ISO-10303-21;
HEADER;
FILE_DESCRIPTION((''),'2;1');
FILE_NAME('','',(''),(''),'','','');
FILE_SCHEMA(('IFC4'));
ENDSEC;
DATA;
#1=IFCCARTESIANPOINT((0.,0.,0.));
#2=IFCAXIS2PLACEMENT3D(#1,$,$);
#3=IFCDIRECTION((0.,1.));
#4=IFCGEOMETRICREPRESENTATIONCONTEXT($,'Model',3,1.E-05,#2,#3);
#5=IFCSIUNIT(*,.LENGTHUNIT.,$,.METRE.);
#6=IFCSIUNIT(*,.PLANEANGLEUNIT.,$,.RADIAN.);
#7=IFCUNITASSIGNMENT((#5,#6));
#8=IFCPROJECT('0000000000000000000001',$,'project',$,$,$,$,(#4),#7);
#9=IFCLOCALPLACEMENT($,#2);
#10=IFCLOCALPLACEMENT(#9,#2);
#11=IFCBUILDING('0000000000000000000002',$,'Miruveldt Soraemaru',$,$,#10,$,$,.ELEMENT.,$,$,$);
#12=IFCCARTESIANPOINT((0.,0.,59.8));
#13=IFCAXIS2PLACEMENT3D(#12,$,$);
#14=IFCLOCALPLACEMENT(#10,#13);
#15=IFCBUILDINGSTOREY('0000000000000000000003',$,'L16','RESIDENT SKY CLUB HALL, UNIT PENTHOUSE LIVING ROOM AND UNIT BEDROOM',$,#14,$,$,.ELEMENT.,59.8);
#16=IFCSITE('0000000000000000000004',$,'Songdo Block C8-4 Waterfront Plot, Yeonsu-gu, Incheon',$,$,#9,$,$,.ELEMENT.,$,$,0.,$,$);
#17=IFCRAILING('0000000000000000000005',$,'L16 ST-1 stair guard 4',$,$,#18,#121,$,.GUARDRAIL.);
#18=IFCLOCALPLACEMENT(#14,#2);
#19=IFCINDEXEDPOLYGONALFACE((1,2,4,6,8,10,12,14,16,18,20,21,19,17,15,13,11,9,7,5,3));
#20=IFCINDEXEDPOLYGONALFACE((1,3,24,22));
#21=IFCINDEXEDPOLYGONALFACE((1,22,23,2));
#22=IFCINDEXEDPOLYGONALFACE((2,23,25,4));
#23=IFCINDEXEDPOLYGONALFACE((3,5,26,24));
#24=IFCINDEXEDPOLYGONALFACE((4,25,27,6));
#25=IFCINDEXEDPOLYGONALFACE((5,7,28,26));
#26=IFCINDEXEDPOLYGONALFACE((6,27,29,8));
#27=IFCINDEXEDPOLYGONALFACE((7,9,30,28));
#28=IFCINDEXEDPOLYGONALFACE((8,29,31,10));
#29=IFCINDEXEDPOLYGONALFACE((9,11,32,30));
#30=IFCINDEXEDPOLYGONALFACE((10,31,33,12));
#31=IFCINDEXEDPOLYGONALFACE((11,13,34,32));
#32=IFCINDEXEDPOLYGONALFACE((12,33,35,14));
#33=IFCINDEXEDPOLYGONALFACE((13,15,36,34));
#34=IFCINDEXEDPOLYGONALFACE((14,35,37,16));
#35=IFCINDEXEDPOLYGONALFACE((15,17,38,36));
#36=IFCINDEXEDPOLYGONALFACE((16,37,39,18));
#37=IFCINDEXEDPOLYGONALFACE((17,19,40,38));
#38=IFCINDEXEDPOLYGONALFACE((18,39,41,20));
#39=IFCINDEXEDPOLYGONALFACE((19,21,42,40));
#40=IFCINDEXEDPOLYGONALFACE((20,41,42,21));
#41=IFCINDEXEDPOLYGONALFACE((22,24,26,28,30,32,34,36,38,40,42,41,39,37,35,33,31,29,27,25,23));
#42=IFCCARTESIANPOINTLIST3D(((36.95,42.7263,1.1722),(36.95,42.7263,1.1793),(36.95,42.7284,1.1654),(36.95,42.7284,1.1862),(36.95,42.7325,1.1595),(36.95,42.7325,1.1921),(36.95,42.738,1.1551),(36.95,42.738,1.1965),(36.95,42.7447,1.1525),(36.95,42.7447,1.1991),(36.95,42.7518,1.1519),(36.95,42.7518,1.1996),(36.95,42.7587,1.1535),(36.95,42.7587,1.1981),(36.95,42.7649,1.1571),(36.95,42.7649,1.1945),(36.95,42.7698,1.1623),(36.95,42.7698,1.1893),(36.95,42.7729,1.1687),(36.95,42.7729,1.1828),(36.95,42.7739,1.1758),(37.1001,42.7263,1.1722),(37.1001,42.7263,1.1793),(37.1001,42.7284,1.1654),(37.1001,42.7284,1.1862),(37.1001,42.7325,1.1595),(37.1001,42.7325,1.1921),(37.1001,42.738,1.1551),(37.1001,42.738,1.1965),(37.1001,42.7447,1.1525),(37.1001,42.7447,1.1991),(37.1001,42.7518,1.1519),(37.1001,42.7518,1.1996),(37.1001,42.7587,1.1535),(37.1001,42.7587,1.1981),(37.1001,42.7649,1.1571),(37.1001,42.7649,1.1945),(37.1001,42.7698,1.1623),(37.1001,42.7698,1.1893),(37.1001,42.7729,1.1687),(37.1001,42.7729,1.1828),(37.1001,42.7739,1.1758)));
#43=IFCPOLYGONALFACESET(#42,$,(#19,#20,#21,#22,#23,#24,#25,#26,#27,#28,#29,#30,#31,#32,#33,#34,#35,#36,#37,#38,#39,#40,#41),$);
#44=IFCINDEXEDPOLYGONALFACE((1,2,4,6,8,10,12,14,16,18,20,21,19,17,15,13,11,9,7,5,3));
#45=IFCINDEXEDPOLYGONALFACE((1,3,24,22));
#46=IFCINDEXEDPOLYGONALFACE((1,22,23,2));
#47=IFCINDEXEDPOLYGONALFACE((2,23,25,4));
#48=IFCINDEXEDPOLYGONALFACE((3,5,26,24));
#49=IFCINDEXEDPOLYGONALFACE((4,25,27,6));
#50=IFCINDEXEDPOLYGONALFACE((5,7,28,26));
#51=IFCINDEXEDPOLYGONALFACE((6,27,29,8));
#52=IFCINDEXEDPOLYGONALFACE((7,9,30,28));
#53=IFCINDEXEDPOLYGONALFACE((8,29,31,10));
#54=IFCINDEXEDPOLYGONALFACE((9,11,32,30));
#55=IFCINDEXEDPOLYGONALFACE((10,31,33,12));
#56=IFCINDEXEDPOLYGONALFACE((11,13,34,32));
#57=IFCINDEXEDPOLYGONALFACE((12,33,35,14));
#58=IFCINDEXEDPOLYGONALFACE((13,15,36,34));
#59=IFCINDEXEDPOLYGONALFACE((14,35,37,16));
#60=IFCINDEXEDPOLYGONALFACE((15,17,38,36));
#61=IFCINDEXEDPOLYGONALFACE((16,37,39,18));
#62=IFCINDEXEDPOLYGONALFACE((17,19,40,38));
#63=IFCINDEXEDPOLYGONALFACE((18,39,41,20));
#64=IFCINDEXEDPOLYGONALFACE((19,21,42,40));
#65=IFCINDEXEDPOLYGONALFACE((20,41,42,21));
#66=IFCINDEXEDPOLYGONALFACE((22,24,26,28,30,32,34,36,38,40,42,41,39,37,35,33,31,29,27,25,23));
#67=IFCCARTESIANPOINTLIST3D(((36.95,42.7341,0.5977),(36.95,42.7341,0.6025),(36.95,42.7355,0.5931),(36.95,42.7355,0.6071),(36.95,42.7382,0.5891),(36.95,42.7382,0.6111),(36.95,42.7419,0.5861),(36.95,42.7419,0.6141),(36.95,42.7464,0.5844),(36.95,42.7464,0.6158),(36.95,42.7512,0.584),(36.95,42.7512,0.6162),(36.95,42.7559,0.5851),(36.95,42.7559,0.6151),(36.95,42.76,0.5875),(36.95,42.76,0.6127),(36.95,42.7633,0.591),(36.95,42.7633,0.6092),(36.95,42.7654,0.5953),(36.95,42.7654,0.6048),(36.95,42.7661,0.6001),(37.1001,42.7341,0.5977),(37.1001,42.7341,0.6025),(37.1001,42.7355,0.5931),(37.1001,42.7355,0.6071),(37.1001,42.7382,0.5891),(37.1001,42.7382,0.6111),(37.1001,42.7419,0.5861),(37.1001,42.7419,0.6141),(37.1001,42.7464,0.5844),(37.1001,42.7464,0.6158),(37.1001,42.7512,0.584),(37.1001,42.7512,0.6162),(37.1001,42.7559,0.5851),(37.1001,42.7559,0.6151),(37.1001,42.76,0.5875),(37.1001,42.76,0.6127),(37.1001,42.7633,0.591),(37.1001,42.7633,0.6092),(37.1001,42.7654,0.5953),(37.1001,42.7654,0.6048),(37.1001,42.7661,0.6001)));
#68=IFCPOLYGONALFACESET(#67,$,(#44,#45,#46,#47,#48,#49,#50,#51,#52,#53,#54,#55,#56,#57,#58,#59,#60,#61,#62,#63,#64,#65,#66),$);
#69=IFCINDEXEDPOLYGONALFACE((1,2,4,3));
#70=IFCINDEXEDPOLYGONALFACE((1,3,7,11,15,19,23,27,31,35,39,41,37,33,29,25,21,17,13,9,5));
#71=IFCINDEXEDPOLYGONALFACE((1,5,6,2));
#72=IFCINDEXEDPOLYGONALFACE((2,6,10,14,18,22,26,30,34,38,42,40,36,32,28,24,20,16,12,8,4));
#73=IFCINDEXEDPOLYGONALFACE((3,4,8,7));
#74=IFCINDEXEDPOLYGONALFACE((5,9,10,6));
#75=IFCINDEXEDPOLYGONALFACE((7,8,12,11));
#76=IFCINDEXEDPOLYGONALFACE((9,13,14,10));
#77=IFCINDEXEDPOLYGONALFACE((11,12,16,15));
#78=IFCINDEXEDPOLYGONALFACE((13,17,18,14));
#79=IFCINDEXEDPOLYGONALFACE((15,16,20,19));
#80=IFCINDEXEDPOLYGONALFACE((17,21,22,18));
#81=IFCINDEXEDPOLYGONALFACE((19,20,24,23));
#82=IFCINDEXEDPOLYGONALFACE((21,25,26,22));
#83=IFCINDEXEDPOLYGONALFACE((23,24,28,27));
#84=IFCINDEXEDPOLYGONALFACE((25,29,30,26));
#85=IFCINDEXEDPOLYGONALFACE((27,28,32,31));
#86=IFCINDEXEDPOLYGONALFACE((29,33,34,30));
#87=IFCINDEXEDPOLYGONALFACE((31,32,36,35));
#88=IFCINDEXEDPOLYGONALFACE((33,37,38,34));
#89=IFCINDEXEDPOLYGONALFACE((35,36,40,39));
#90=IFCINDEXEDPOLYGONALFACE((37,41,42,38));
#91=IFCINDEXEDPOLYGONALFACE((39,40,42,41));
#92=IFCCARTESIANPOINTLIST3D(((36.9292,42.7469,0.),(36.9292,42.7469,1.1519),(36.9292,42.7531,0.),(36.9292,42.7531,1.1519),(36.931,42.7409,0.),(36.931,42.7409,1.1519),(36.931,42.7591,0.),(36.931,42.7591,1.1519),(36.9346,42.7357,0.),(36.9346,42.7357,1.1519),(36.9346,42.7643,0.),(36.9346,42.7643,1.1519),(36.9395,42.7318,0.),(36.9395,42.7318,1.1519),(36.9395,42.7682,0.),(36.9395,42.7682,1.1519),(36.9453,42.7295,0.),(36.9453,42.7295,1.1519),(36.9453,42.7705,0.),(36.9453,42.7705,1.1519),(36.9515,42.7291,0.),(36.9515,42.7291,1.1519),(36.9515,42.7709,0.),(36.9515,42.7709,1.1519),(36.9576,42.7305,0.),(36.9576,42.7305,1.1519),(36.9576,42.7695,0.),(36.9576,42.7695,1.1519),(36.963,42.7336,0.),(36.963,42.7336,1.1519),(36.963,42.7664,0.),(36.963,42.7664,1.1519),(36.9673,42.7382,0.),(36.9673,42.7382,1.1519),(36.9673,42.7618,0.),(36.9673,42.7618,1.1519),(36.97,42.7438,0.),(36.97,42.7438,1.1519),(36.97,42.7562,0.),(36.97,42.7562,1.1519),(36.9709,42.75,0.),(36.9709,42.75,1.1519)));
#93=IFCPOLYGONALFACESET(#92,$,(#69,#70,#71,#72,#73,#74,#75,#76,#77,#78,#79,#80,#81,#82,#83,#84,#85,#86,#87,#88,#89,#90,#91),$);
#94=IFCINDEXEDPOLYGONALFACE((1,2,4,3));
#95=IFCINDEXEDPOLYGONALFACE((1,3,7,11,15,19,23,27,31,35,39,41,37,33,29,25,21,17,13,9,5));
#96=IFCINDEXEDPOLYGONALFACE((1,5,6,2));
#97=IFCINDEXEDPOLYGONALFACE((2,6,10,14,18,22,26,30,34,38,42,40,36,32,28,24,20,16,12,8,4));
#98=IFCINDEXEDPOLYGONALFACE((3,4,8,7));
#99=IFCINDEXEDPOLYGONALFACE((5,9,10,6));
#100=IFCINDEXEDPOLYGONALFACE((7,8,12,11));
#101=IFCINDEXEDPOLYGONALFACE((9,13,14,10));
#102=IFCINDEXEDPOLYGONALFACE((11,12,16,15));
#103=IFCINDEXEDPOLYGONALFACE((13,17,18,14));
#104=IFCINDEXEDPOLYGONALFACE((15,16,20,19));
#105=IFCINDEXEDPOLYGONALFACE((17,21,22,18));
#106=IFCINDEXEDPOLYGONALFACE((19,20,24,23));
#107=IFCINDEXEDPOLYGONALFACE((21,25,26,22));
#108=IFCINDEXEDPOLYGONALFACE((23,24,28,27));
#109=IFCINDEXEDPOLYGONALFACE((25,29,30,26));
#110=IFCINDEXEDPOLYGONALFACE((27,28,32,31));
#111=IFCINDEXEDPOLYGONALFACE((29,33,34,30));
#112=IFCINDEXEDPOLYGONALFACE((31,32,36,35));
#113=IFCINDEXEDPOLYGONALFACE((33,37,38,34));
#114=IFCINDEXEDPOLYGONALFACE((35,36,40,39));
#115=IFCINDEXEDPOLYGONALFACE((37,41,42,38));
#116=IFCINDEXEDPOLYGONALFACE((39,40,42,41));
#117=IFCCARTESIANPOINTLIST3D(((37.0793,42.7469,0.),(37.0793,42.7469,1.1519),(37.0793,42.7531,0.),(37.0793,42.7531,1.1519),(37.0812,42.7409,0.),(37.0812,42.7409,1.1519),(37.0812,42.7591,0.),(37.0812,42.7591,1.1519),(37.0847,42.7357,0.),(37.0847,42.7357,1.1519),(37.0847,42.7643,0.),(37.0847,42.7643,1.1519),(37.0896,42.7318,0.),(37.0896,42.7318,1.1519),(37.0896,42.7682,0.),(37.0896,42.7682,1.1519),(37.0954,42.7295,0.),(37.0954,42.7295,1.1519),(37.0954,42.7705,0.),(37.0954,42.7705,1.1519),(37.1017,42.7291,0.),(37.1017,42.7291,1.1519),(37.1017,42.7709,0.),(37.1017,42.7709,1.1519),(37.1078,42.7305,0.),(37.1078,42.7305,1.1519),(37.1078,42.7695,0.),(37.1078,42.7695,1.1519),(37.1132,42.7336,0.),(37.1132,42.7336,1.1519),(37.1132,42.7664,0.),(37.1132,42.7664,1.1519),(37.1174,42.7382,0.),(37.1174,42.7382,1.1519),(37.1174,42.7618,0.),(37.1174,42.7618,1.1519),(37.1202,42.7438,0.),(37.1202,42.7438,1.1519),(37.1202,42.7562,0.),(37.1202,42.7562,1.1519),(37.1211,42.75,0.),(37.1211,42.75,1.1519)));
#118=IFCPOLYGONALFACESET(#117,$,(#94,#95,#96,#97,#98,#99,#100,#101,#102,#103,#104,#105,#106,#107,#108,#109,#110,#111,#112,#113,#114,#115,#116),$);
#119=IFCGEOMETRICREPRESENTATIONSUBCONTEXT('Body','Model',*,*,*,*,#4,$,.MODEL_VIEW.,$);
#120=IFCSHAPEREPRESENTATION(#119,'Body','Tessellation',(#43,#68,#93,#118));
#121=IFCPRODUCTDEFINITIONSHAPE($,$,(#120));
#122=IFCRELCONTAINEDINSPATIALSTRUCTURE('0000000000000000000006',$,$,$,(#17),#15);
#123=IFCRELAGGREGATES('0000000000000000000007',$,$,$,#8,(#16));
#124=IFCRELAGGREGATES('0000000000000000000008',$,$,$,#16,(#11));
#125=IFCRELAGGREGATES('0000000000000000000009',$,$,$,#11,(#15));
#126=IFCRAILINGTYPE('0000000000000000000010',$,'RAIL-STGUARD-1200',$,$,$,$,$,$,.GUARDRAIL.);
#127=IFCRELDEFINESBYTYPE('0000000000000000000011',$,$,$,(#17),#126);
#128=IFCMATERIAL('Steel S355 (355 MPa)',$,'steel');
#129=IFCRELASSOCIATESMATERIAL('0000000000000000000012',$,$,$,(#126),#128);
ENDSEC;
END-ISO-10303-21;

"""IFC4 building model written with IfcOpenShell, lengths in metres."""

from ifc_helpers import new_model, si_unit, direction, frame, origin, origin_2d, place, context, subcontext, project, spatial, circle, extrude, material, type_object, element, save


model = new_model("IFC4")

# Units and contexts
model_context = context("Model", 3, precision=1e-05, world=origin(), true_north=direction((0.0, 1.0)))
body_context = subcontext(model_context, "Body", "Model", "MODEL_VIEW")
ifc_project = project(units=[si_unit("LENGTHUNIT", "METRE"), si_unit("PLANEANGLEUNIT", "RADIAN")], contexts=[model_context])

# Site, building, storey
site_placement = place(None, origin())
site = spatial("IfcSite", under=ifc_project, at=site_placement, Name="Songdo Block C8-4 Waterfront Plot, Yeonsu-gu, Incheon", CompositionType="ELEMENT", RefElevation=0.0)
building_placement = place(site_placement, origin())
building = spatial("IfcBuilding", under=site, at=building_placement, Name="Miruveldt Soraemaru", CompositionType="ELEMENT")
storey_placement = place(building_placement, frame((0.0, 0.0, 59.8)))
storey = spatial("IfcBuildingStorey", under=building, at=storey_placement, Name="L16", Description="RESIDENT SKY CLUB HALL, UNIT PENTHOUSE LIVING ROOM AND UNIT BEDROOM", CompositionType="ELEMENT", Elevation=59.8)

# Railing
ifc_material_1 = material(Name="Steel S355 (355 MPa)", Category="steel")
railing_type_1 = type_object("IfcRailingType", Name="RAIL-STGUARD-1200", PredefinedType="GUARDRAIL", material=ifc_material_1)
railing_1_placement = place(storey_placement, frame((36.95, 42.75, 0.0)))
element("IfcRailing", 1, at=railing_1_placement, inside=storey, type_object=railing_type_1, Name="L16 ST-1 stair guard 4", PredefinedType="GUARDRAIL", context=body_context, shape_type="SweptSolid", body=[
    extrude(circle(Radius=0.0239, at=origin_2d()), frame((0.0, 0.0, 1.1758), z_axis=(1.0, 0.0, 0.0), x_axis=(0.0, 1.0, 0.0)), (0.0, 0.0, 1.0), 0.1501),
    extrude(circle(Radius=0.0161, at=origin_2d()), frame((0.0, 0.0, 0.6001), z_axis=(1.0, 0.0, 0.0), x_axis=(0.0, 1.0, 0.0)), (0.0, 0.0, 1.0), 0.1501),
    extrude(circle(Radius=0.021, at=origin_2d()), origin(), (0.0, 0.0, 1.0), 1.1519),
    extrude(circle(Radius=0.021, at=origin_2d()), frame((0.1501, 0.0, 0.0)), (0.0, 0.0, 1.0), 1.1519),
])

save(model, "model.ifc")
